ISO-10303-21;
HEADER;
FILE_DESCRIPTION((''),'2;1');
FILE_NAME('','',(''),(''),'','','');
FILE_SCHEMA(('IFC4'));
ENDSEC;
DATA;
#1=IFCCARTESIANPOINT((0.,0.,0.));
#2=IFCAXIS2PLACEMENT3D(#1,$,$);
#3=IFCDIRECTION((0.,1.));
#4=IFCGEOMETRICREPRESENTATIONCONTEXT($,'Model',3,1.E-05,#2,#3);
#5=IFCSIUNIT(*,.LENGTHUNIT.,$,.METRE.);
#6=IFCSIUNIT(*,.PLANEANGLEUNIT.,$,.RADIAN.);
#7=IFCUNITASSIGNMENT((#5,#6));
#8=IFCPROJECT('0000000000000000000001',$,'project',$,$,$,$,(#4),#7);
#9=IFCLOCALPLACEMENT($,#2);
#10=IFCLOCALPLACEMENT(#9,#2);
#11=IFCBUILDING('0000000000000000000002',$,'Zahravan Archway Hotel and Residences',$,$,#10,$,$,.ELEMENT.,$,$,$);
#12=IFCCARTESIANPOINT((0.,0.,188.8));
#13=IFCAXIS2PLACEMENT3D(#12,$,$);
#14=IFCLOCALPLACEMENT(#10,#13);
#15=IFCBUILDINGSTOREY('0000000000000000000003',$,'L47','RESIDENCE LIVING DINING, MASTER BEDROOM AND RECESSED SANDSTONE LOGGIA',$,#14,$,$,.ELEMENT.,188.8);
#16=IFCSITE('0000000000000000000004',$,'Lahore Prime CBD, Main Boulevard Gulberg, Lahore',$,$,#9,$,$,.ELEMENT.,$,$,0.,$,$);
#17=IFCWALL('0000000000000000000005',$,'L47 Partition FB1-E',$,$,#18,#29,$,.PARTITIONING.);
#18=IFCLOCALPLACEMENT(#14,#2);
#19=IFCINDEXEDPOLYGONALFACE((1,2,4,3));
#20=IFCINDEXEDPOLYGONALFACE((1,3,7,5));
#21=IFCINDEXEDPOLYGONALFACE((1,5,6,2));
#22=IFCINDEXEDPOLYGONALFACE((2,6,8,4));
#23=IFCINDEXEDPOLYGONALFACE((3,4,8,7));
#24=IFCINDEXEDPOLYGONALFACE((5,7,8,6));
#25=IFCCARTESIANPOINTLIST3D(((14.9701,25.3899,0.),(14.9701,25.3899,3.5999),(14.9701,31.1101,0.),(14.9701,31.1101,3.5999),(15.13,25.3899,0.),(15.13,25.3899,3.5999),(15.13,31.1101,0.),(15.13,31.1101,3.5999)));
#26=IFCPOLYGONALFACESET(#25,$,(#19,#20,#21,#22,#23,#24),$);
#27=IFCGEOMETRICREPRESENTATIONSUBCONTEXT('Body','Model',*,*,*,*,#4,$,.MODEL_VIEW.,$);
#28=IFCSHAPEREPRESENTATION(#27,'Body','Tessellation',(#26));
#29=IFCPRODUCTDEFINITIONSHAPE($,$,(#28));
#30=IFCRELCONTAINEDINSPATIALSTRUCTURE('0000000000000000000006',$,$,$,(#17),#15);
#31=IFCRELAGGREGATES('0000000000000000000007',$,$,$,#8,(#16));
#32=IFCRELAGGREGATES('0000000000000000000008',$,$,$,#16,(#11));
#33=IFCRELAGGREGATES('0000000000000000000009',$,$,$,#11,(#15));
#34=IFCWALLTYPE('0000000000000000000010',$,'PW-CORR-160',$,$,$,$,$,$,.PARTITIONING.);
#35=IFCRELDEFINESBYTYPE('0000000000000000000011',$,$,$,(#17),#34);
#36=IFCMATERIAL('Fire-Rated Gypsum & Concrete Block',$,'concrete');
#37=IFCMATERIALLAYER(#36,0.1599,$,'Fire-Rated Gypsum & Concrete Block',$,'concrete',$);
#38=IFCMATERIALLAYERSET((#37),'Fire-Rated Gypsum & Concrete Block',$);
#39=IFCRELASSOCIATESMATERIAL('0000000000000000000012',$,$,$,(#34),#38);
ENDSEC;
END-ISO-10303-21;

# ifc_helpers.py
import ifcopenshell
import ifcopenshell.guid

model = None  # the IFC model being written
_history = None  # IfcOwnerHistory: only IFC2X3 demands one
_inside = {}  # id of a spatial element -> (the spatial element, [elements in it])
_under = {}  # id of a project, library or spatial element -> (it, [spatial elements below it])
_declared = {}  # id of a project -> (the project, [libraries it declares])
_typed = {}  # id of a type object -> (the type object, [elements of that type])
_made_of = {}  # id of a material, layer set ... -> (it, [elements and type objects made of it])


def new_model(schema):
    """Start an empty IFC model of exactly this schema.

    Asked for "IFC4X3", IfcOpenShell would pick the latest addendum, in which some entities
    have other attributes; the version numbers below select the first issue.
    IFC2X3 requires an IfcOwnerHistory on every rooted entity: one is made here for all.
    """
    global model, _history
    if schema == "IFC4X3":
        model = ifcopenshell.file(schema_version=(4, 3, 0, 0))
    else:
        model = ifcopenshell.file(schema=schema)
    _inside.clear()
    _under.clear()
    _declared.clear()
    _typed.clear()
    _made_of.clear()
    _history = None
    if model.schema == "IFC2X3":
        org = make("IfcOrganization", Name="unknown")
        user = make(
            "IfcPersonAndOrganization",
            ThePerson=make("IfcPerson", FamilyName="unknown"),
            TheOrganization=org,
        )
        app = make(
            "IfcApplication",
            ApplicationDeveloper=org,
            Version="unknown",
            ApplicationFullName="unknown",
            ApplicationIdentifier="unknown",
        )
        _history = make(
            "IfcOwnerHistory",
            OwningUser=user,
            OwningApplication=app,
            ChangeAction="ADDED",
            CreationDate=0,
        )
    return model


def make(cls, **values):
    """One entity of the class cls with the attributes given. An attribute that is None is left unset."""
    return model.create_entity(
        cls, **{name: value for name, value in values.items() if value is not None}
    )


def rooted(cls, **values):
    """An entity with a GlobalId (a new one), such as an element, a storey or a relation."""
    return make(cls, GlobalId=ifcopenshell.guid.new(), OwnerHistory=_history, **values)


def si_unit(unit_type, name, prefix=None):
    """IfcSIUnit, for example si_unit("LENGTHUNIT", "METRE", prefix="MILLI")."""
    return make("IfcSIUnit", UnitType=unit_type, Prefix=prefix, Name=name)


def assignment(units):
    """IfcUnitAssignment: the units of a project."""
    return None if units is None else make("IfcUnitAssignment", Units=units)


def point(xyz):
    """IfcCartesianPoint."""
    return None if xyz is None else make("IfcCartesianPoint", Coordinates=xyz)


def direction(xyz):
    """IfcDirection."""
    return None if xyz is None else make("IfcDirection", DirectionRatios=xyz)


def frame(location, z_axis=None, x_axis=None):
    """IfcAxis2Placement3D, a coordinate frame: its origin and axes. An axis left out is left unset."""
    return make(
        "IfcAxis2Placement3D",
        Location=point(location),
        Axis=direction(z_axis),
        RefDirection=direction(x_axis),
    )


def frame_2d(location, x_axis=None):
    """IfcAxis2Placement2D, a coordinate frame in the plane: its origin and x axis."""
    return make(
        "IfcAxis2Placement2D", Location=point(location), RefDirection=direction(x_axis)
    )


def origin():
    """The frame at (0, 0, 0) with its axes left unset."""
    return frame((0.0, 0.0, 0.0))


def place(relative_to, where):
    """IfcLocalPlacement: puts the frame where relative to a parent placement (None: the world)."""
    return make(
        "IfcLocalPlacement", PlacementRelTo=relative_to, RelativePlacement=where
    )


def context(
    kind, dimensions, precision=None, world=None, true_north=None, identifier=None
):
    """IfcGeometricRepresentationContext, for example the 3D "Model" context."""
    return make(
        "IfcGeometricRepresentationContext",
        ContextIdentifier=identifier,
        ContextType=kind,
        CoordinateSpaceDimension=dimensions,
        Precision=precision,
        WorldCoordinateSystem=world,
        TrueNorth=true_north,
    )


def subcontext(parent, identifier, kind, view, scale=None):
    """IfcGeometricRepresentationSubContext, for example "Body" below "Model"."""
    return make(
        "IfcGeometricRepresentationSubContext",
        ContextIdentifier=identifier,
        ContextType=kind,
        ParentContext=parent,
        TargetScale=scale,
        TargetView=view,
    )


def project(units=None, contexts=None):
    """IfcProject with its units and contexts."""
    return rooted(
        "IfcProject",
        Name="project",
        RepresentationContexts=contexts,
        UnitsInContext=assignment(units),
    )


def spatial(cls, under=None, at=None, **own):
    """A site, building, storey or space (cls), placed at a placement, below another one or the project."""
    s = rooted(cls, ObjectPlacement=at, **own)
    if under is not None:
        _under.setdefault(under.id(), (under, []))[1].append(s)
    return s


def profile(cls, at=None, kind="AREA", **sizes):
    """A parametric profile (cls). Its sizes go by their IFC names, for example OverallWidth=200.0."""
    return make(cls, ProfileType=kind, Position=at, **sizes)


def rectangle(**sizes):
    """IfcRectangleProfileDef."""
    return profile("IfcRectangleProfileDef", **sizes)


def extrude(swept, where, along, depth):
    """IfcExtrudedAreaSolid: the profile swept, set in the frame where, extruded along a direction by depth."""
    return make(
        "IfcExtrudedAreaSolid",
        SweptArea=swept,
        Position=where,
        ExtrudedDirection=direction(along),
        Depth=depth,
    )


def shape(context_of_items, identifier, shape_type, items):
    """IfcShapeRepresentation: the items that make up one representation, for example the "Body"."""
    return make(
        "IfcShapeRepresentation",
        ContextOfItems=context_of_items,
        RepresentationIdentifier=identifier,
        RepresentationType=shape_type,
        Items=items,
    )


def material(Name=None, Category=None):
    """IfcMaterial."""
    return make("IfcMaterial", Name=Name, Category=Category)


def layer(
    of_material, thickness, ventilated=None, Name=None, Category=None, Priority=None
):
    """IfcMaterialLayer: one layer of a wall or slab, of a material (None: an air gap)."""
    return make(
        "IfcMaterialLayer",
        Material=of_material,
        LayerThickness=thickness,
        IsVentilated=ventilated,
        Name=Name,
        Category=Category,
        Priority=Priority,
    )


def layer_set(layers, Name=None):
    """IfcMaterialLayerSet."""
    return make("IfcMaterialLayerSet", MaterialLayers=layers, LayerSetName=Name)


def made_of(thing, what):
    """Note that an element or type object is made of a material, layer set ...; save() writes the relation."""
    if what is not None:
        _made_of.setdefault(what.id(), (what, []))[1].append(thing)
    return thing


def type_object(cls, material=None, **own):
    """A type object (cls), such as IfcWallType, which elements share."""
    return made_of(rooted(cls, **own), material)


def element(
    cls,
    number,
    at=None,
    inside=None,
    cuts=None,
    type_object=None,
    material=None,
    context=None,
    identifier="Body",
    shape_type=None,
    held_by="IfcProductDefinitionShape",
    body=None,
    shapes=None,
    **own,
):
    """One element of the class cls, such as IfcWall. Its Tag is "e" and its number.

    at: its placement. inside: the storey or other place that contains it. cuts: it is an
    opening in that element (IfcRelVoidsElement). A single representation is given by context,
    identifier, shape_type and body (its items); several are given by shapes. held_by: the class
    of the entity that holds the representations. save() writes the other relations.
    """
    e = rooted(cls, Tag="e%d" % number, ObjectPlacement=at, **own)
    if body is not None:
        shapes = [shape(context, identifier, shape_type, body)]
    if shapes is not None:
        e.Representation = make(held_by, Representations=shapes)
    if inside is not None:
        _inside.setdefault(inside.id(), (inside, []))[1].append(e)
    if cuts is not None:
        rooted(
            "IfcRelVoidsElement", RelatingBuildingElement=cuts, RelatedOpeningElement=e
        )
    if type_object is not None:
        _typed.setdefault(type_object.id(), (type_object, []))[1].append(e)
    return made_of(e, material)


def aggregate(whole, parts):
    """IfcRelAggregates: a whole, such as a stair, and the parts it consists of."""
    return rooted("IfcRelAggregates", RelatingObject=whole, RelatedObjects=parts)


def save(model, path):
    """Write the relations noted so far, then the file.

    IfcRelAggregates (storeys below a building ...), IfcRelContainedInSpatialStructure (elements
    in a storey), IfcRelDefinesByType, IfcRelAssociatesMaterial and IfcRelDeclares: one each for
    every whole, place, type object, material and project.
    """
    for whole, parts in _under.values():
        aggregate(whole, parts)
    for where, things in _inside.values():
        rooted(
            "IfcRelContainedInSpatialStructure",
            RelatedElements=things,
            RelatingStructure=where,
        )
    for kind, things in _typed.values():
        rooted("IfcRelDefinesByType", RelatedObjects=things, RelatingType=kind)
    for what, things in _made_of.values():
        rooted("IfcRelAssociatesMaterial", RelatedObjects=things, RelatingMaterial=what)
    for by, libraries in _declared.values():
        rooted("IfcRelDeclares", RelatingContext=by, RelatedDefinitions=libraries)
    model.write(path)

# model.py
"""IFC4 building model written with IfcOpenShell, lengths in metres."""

from ifc_helpers import new_model, si_unit, direction, frame, frame_2d, origin, place, context, subcontext, project, spatial, rectangle, extrude, material, layer, layer_set, type_object, element, save


model = new_model("IFC4")

# Units and contexts
model_context = context("Model", 3, precision=1e-05, world=origin(), true_north=direction((0.0, 1.0)))
body_context = subcontext(model_context, "Body", "Model", "MODEL_VIEW")
ifc_project = project(units=[si_unit("LENGTHUNIT", "METRE"), si_unit("PLANEANGLEUNIT", "RADIAN")], contexts=[model_context])

# Site, building, storey
site_placement = place(None, origin())
site = spatial("IfcSite", under=ifc_project, at=site_placement, Name="Lahore Prime CBD, Main Boulevard Gulberg, Lahore", CompositionType="ELEMENT", RefElevation=0.0)
building_placement = place(site_placement, origin())
building = spatial("IfcBuilding", under=site, at=building_placement, Name="Zahravan Archway Hotel and Residences", CompositionType="ELEMENT")
storey_placement = place(building_placement, frame((0.0, 0.0, 188.8)))
storey = spatial("IfcBuildingStorey", under=building, at=storey_placement, Name="L47", Description="RESIDENCE LIVING DINING, MASTER BEDROOM AND RECESSED SANDSTONE LOGGIA", CompositionType="ELEMENT", Elevation=188.8)

# Wall
ifc_material_1 = material(Name="Fire-Rated Gypsum & Concrete Block", Category="concrete")
ifc_layer_1 = layer(ifc_material_1, 0.1599, Name="Fire-Rated Gypsum & Concrete Block", Category="concrete")
ifc_layer_set_1 = layer_set([ifc_layer_1], Name="Fire-Rated Gypsum & Concrete Block")
wall_type_1 = type_object("IfcWallType", Name="PW-CORR-160", PredefinedType="PARTITIONING", material=ifc_layer_set_1)
wall_1_placement = place(storey_placement, frame((15.05, 25.3899, 0.0), z_axis=(0.0, 0.0, 1.0), x_axis=(0.0, 1.0, 0.0)))
element("IfcWall", 1, at=wall_1_placement, inside=storey, type_object=wall_type_1, Name="L47 Partition FB1-E", PredefinedType="PARTITIONING", context=body_context, shape_type="SweptSolid", body=[
    extrude(rectangle(XDim=5.7202, YDim=0.1599, at=frame_2d((2.8601, 0.0))), origin(), (0.0, 0.0, 1.0), 3.5999),
])

save(model, "model.ifc")
